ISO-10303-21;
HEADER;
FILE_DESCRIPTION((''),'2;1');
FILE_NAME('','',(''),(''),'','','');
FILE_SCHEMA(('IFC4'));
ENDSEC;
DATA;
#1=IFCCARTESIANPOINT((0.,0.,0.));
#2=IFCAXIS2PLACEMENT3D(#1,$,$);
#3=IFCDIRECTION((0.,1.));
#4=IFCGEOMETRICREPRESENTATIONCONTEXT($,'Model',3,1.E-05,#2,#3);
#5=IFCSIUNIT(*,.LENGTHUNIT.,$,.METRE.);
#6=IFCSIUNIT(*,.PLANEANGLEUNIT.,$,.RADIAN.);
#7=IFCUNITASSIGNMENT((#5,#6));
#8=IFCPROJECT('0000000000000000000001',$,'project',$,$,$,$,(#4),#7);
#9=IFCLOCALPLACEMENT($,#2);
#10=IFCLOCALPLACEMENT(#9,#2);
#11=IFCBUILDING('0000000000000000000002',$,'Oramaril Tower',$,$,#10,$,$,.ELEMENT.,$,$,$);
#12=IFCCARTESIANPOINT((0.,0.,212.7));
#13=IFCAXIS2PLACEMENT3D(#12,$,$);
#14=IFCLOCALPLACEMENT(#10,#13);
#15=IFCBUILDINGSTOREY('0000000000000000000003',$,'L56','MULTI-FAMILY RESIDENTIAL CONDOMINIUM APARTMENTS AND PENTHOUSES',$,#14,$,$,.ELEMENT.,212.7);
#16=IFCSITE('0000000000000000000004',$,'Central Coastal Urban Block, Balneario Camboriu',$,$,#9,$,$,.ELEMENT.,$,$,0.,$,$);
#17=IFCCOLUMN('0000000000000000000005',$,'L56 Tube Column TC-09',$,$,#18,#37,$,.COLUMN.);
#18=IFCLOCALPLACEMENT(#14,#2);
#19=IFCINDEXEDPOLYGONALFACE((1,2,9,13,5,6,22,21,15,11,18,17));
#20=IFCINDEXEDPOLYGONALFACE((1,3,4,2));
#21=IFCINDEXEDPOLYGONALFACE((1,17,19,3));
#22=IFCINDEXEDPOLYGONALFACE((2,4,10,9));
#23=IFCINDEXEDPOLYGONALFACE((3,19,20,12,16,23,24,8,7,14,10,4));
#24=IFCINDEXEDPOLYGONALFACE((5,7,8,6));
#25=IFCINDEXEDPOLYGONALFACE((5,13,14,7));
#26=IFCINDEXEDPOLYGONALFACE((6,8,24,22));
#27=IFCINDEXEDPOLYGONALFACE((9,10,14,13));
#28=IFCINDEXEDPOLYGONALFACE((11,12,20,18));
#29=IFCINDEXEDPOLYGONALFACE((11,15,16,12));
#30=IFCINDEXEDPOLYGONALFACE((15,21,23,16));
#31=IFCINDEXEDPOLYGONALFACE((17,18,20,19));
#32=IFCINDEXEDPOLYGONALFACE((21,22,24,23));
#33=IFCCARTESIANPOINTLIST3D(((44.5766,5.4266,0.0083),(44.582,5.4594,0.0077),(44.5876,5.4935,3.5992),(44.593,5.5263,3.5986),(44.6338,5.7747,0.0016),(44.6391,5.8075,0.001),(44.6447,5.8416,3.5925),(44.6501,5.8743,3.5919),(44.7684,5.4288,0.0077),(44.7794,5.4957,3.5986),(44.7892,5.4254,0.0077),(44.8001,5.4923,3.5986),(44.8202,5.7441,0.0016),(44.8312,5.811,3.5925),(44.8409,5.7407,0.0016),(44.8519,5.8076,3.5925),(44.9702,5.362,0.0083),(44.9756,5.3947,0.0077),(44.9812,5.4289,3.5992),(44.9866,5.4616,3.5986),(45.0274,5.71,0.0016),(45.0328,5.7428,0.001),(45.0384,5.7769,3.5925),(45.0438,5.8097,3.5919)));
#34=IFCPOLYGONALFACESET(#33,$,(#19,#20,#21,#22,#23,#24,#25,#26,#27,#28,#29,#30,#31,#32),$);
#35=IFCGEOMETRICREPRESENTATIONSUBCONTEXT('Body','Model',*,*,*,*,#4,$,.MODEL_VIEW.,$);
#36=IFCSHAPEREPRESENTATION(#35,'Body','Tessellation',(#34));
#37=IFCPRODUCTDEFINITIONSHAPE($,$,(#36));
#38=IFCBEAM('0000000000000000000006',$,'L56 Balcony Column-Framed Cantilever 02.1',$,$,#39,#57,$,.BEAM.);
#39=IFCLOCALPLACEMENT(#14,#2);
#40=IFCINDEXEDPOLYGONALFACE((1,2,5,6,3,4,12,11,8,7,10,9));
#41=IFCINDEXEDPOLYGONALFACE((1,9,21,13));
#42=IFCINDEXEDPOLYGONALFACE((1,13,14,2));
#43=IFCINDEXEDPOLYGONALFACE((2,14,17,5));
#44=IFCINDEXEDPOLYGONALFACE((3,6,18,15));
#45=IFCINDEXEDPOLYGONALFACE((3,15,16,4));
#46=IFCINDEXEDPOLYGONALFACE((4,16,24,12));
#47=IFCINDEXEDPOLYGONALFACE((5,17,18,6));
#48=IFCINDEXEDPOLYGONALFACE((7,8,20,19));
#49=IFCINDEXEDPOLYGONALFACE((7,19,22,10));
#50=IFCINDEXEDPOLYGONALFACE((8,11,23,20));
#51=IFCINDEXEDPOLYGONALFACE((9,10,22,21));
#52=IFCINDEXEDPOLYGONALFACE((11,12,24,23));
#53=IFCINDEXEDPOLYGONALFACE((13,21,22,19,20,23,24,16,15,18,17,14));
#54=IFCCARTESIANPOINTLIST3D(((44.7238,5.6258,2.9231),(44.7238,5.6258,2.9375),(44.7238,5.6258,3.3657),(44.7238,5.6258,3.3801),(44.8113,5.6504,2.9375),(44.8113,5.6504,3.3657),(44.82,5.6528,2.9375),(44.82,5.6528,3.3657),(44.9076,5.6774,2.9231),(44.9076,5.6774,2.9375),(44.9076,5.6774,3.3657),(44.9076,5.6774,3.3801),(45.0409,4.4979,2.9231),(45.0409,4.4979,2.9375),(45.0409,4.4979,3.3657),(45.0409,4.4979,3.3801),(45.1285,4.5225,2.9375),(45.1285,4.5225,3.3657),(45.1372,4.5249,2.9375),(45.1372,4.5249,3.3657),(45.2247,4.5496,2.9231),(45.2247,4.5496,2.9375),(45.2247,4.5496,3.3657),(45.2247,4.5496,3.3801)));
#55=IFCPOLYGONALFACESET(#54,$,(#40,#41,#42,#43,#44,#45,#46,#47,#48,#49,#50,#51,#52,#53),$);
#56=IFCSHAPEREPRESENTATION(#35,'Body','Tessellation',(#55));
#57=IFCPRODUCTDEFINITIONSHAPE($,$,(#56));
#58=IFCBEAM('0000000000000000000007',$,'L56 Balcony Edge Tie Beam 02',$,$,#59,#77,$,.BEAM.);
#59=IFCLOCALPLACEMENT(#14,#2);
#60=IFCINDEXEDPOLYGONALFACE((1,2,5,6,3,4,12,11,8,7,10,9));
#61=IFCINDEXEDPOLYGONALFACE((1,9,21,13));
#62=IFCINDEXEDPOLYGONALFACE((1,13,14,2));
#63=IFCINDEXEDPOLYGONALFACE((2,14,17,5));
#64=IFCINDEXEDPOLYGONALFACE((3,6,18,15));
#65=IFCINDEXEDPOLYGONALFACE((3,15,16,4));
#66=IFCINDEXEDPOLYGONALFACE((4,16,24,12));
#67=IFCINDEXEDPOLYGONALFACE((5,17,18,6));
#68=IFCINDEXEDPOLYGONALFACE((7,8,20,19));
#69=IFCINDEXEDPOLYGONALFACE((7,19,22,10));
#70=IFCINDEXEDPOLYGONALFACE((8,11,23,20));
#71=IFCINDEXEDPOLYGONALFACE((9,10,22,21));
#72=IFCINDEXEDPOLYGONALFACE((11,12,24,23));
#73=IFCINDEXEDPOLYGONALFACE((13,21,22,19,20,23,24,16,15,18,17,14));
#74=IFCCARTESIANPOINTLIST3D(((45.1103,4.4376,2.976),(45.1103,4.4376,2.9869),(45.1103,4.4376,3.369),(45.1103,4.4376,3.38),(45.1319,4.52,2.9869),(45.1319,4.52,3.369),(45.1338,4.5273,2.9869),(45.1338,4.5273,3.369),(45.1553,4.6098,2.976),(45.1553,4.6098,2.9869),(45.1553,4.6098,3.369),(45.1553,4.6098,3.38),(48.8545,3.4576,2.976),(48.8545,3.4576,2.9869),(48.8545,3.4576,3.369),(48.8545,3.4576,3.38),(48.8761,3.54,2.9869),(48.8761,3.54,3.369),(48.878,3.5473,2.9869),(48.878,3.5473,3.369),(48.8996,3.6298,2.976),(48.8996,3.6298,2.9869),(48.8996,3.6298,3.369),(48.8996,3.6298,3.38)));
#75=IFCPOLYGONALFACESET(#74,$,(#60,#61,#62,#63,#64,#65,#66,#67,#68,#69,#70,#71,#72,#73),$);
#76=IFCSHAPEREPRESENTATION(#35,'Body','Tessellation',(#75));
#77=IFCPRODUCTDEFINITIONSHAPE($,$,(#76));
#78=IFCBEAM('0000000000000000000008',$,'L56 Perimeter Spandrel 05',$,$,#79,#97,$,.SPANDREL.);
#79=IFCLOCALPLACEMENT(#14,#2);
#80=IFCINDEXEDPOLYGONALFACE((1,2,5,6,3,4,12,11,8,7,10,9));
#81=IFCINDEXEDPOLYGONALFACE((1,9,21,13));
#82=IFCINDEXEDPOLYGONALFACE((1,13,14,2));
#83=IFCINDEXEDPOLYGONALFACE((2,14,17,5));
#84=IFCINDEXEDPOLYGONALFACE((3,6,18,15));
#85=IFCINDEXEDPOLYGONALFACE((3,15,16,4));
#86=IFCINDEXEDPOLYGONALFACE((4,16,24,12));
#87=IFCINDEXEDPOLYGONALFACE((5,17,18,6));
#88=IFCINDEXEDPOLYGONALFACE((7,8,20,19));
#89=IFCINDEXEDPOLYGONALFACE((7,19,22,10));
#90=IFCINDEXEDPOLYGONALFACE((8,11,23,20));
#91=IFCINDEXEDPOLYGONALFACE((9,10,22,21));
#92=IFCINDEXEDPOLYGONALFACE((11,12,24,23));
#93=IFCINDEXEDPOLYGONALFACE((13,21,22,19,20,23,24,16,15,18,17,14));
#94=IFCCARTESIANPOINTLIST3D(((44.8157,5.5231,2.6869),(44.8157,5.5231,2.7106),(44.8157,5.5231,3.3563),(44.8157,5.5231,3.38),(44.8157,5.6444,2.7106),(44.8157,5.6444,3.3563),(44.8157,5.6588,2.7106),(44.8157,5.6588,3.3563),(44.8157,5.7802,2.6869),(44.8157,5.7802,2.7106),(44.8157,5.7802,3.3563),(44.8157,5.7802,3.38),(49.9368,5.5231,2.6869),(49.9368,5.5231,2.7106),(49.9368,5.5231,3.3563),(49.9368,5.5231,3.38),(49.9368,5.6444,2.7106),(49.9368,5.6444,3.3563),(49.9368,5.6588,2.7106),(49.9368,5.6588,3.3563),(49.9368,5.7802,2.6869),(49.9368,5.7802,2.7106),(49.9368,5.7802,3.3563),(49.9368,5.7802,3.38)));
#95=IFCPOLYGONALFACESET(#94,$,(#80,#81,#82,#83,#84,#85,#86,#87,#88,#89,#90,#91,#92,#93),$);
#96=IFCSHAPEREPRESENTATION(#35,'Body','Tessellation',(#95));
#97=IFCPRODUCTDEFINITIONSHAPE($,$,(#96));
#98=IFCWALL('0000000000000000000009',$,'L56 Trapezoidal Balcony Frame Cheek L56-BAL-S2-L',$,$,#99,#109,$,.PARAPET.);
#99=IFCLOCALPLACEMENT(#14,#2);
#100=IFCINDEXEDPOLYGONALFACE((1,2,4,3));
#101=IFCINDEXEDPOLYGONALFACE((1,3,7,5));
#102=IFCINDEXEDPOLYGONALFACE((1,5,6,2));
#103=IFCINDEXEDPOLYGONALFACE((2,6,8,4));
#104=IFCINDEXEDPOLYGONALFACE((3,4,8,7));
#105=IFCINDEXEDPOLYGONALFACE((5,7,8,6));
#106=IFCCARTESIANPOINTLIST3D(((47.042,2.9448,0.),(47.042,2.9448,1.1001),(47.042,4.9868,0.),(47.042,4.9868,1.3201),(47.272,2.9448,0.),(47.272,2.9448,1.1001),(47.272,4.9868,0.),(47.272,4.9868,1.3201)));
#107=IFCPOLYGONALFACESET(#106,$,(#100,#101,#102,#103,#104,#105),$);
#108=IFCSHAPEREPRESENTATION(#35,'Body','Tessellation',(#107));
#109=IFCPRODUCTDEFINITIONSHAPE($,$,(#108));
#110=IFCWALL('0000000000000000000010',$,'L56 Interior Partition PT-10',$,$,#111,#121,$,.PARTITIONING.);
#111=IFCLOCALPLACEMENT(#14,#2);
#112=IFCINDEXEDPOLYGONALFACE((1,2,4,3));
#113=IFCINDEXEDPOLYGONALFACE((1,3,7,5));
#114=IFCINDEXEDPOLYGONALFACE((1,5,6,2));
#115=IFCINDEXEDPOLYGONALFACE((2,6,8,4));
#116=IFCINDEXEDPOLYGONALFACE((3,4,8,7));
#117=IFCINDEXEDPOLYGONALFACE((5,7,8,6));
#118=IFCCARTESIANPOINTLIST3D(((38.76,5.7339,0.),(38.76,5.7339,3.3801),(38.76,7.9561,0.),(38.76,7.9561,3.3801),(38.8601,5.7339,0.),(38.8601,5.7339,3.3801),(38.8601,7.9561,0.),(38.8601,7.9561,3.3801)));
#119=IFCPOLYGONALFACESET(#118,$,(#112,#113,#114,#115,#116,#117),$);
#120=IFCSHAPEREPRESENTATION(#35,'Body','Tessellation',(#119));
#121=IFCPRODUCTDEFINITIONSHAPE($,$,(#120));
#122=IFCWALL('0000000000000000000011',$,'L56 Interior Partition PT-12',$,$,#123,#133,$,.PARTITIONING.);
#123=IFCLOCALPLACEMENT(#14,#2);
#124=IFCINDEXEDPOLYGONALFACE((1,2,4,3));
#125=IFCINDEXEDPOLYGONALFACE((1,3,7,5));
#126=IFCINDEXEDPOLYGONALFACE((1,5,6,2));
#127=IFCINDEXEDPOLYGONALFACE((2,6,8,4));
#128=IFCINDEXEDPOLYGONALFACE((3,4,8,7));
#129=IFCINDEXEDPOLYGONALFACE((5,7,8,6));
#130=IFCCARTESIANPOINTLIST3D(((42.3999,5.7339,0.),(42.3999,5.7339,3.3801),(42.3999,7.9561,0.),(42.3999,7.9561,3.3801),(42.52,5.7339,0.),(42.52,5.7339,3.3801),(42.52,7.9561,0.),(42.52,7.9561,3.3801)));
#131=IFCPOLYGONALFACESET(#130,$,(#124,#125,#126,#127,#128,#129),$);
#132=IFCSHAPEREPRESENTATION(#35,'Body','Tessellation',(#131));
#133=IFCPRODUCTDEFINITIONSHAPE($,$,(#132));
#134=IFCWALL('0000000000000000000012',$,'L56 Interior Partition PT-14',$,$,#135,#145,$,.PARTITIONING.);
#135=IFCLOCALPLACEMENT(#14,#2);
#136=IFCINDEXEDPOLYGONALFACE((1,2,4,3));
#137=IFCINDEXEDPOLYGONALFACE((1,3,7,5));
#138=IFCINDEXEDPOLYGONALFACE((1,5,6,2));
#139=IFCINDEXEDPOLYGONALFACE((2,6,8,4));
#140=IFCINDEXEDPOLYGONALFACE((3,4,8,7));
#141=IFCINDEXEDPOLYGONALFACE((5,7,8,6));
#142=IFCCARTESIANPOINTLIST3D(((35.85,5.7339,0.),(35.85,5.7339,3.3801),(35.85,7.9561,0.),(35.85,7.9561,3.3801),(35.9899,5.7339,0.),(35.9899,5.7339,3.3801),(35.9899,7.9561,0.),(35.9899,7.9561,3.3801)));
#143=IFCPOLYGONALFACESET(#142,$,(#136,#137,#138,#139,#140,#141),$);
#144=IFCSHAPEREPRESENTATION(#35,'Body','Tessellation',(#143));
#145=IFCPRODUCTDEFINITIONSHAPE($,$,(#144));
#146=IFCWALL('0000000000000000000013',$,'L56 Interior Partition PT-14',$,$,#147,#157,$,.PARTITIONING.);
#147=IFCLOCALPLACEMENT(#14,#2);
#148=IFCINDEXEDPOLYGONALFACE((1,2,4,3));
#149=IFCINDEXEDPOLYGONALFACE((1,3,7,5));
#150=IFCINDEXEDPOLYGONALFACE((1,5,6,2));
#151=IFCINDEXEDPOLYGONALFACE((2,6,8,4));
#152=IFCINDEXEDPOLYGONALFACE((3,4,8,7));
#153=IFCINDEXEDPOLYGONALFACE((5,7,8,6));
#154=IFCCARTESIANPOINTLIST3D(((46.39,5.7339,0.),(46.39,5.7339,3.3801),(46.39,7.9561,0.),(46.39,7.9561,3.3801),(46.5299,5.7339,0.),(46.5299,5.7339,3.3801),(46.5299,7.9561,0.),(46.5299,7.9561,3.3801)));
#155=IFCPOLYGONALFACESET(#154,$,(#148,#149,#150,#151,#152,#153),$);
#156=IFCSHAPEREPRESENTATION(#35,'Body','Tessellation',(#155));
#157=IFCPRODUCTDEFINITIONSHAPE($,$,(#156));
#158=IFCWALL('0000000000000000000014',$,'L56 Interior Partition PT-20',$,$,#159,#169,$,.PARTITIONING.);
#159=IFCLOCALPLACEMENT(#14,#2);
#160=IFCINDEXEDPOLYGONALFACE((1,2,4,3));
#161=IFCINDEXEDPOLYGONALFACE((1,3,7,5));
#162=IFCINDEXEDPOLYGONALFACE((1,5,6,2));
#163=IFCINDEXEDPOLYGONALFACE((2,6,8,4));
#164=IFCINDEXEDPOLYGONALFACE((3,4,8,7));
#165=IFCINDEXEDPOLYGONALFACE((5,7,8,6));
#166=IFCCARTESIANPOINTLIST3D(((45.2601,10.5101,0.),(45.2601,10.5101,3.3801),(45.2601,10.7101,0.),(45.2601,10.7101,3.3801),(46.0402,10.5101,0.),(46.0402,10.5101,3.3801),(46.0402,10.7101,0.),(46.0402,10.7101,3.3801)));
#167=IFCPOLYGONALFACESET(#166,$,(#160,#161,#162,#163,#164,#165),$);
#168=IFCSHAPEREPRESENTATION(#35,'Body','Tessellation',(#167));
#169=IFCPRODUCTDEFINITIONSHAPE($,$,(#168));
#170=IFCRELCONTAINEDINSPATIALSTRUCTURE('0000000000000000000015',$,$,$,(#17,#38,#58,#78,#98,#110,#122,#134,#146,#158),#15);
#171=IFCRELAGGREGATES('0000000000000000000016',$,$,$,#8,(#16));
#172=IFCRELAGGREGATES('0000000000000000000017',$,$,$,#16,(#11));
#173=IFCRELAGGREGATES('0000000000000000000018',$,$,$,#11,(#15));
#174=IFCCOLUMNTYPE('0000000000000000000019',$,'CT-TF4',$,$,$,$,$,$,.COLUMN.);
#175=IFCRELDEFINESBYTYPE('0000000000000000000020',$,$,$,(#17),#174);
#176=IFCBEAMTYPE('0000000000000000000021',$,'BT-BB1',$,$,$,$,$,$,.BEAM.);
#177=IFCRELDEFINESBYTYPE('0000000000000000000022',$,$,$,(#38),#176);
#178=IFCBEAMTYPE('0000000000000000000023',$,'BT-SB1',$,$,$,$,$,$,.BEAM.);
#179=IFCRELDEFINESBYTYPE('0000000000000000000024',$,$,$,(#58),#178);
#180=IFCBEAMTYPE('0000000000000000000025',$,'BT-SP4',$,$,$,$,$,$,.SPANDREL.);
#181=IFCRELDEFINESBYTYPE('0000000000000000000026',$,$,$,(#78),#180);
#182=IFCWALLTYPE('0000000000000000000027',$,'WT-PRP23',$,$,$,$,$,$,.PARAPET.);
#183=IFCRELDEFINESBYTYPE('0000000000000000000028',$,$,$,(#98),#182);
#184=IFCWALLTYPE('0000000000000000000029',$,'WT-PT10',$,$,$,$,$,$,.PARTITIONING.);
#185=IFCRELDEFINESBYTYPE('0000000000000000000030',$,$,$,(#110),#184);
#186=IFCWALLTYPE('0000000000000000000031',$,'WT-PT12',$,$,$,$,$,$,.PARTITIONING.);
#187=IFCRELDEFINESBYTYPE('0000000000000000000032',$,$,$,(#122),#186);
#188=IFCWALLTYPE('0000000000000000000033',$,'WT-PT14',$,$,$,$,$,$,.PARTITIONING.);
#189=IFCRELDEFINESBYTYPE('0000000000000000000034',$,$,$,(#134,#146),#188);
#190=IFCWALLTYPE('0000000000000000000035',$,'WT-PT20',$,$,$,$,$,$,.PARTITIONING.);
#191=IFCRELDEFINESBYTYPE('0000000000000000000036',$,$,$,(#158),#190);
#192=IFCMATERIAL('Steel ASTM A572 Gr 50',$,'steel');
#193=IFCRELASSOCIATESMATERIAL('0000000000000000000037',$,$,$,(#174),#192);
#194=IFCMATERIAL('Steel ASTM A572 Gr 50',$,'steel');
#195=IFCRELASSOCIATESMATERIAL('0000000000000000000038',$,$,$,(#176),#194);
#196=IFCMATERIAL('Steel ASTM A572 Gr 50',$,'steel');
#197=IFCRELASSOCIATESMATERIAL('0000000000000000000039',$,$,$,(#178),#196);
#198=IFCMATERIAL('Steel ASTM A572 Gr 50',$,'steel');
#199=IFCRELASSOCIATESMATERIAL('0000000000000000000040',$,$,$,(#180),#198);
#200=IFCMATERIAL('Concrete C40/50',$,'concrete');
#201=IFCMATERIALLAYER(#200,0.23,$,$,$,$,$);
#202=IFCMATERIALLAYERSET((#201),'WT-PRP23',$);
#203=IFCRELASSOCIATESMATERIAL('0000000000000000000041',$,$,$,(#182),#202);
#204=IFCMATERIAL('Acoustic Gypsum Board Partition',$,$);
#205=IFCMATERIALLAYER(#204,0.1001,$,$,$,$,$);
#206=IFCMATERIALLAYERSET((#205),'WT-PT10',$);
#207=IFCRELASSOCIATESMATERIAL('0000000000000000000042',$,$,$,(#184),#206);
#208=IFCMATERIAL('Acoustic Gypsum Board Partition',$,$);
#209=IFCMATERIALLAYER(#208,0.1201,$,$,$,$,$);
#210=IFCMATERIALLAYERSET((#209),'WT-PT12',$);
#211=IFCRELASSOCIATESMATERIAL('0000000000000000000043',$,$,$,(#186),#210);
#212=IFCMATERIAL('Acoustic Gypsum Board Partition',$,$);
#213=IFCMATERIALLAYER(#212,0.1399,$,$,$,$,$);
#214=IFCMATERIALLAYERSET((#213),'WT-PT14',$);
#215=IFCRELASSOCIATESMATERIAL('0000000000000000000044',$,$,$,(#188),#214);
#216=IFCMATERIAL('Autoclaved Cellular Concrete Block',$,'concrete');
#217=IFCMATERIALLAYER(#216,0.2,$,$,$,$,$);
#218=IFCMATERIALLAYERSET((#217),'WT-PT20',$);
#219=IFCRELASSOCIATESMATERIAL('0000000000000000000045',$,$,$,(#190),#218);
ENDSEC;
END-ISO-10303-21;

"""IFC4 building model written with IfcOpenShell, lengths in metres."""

from ifc_helpers import new_model, si_unit, direction, frame, frame_2d, origin, origin_2d, place, context, subcontext, project, spatial, polyline, rectangle, i_section, outline, extrude, material, layer, layer_set, material_profile, profile_set, type_object, element, save


model = new_model("IFC4")

# Units and contexts
model_context = context("Model", 3, precision=1e-05, world=origin(), true_north=direction((0.0, 1.0)))
body_context = subcontext(model_context, "Body", "Model", "MODEL_VIEW")
ifc_project = project(units=[si_unit("LENGTHUNIT", "METRE"), si_unit("PLANEANGLEUNIT", "RADIAN")], contexts=[model_context])

# Site, building, storey
site_placement = place(None, origin())
site = spatial("IfcSite", under=ifc_project, at=site_placement, Name="Central Coastal Urban Block, Balneario Camboriu", CompositionType="ELEMENT", RefElevation=0.0)
building_placement = place(site_placement, origin())
building = spatial("IfcBuilding", under=site, at=building_placement, Name="Oramaril Tower", CompositionType="ELEMENT")
storey_placement = place(building_placement, frame((0.0, 0.0, 212.7)))
storey = spatial("IfcBuildingStorey", under=building, at=storey_placement, Name="L56", Description="MULTI-FAMILY RESIDENTIAL CONDOMINIUM APARTMENTS AND PENTHOUSES", CompositionType="ELEMENT", Elevation=212.7)

# Column
ifc_material_1 = material(Name="Steel ASTM A572 Gr 50", Category="steel")
ifc_material_profile_1 = material_profile(ifc_material_1, i_section(OverallWidth=0.3989, OverallDepth=0.386, WebThickness=0.021, FlangeThickness=0.0332, at=origin_2d()), Name="W14X176")
ifc_profile_set_1 = profile_set([ifc_material_profile_1], Name="Steel ASTM A572 Gr 50")
column_type = type_object("IfcColumnType", Name="CT-TF4", PredefinedType="COLUMN", material=ifc_profile_set_1)
column_placement = place(storey_placement, frame((44.8047, 5.5847, 0.0046), z_axis=(0.003059, 0.018626, 0.999822), x_axis=(-0.98678, 0.162062, 0.0)))
element("IfcColumn", 1, at=column_placement, inside=storey, type_object=column_type, Name="L56 Tube Column TC-09", PredefinedType="COLUMN", context=body_context, shape_type="SweptSolid", body=[
    extrude(i_section(OverallWidth=0.3989, OverallDepth=0.386, WebThickness=0.021, FlangeThickness=0.0332, at=origin_2d()), origin(), (0.0, 0.0, 1.0), 3.5916),
])

# Beams
ifc_material_2 = material(Name="Steel ASTM A572 Gr 50", Category="steel")
ifc_material_profile_2 = material_profile(ifc_material_2, i_section(OverallWidth=0.1909, OverallDepth=0.457, WebThickness=0.009, FlangeThickness=0.0144, at=origin_2d()), Name="W18X50")
ifc_profile_set_2 = profile_set([ifc_material_profile_2], Name="Steel ASTM A572 Gr 50")
beam_type_1 = type_object("IfcBeamType", Name="BT-BB1", PredefinedType="BEAM", material=ifc_profile_set_2)
beam_1_placement = place(storey_placement, frame((44.8157, 5.6516, 3.1516), z_axis=(0.270673, -0.962671, 0.0), x_axis=(0.962671, 0.270673, 0.0)))
element("IfcBeam", 2, at=beam_1_placement, inside=storey, type_object=beam_type_1, Name="L56 Balcony Column-Framed Cantilever 02.1", PredefinedType="BEAM", context=body_context, shape_type="SweptSolid", body=[
    extrude(i_section(OverallWidth=0.1909, OverallDepth=0.457, WebThickness=0.009, FlangeThickness=0.0144, at=origin_2d()), origin(), (0.0, 0.0, 1.0), 1.1716),
])
ifc_material_3 = material(Name="Steel ASTM A572 Gr 50", Category="steel")
ifc_material_profile_3 = material_profile(ifc_material_3, i_section(OverallWidth=0.178, OverallDepth=0.4041, WebThickness=0.0076, FlangeThickness=0.011, at=origin_2d()), Name="W16X36")
ifc_profile_set_3 = profile_set([ifc_material_profile_3], Name="Steel ASTM A572 Gr 50")
beam_type_2 = type_object("IfcBeamType", Name="BT-SB1", PredefinedType="BEAM", material=ifc_profile_set_3)
beam_2_placement = place(storey_placement, frame((45.1328, 4.5237, 3.178), z_axis=(0.967412, -0.253208, 0.0), x_axis=(0.253208, 0.967412, 0.0)))
element("IfcBeam", 3, at=beam_2_placement, inside=storey, type_object=beam_type_2, Name="L56 Balcony Edge Tie Beam 02", PredefinedType="BEAM", context=body_context, shape_type="SweptSolid", body=[
    extrude(i_section(OverallWidth=0.178, OverallDepth=0.4041, WebThickness=0.0076, FlangeThickness=0.011, at=origin_2d()), origin(), (0.0, 0.0, 1.0), 3.8704),
])
ifc_material_4 = material(Name="Steel ASTM A572 Gr 50", Category="steel")
ifc_material_profile_4 = material_profile(ifc_material_4, i_section(OverallWidth=0.2571, OverallDepth=0.6931, WebThickness=0.0144, FlangeThickness=0.0237, at=origin_2d()), Name="W27X114")
ifc_profile_set_4 = profile_set([ifc_material_profile_4], Name="Steel ASTM A572 Gr 50")
beam_type_3 = type_object("IfcBeamType", Name="BT-SP4", PredefinedType="SPANDREL", material=ifc_profile_set_4)
beam_3_placement = place(storey_placement, frame((44.8157, 5.6516, 3.0334), z_axis=(1.0, 0.0, 0.0), x_axis=(0.0, 1.0, 0.0)))
element("IfcBeam", 4, at=beam_3_placement, inside=storey, type_object=beam_type_3, Name="L56 Perimeter Spandrel 05", PredefinedType="SPANDREL", context=body_context, shape_type="SweptSolid", body=[
    extrude(i_section(OverallWidth=0.2571, OverallDepth=0.6931, WebThickness=0.0144, FlangeThickness=0.0237, at=origin_2d()), origin(), (0.0, 0.0, 1.0), 5.1211),
])

# Walls
ifc_material_5 = material(Name="Concrete C40/50", Category="concrete")
ifc_layer_1 = layer(ifc_material_5, 0.23)
ifc_layer_set_1 = layer_set([ifc_layer_1], Name="WT-PRP23")
wall_type_1 = type_object("IfcWallType", Name="WT-PRP23", PredefinedType="PARAPET", material=ifc_layer_set_1)
wall_1_placement = place(storey_placement, frame((47.157, 4.9868, 0.0), z_axis=(0.0, 0.0, 1.0), x_axis=(0.0, -1.0, 0.0)))
element("IfcWall", 5, at=wall_1_placement, inside=storey, type_object=wall_type_1, Name="L56 Trapezoidal Balcony Frame Cheek L56-BAL-S2-L", PredefinedType="PARAPET", context=body_context, shape_type="SweptSolid", body=[
    extrude(outline(polyline([(0.0, 0.0), (2.042, 0.0), (2.042, 1.1001), (0.0, 1.3201), (0.0, 0.0)])), frame((0.0, 0.115, 0.0), z_axis=(0.0, -1.0, 0.0), x_axis=(1.0, 0.0, 0.0)), (0.0, 0.0, 1.0), 0.23),
])
ifc_material_6 = material(Name="Acoustic Gypsum Board Partition")
ifc_layer_2 = layer(ifc_material_6, 0.1001)
ifc_layer_set_2 = layer_set([ifc_layer_2], Name="WT-PT10")
wall_type_2 = type_object("IfcWallType", Name="WT-PT10", PredefinedType="PARTITIONING", material=ifc_layer_set_2)
wall_2_placement = place(storey_placement, frame((38.8101, 5.7339, 0.0), z_axis=(0.0, 0.0, 1.0), x_axis=(0.0, 1.0, 0.0)))
element("IfcWall", 6, at=wall_2_placement, inside=storey, type_object=wall_type_2, Name="L56 Interior Partition PT-10", PredefinedType="PARTITIONING", context=body_context, shape_type="SweptSolid", body=[
    extrude(rectangle(XDim=2.2222, YDim=0.1001, at=frame_2d((1.1111, 0.0))), origin(), (0.0, 0.0, 1.0), 3.3801),
])
ifc_material_7 = material(Name="Acoustic Gypsum Board Partition")
ifc_layer_3 = layer(ifc_material_7, 0.1201)
ifc_layer_set_3 = layer_set([ifc_layer_3], Name="WT-PT12")
wall_type_3 = type_object("IfcWallType", Name="WT-PT12", PredefinedType="PARTITIONING", material=ifc_layer_set_3)
wall_3_placement = place(storey_placement, frame((42.46, 5.7339, 0.0), z_axis=(0.0, 0.0, 1.0), x_axis=(0.0, 1.0, 0.0)))
element("IfcWall", 7, at=wall_3_placement, inside=storey, type_object=wall_type_3, Name="L56 Interior Partition PT-12", PredefinedType="PARTITIONING", context=body_context, shape_type="SweptSolid", body=[
    extrude(rectangle(XDim=2.2222, YDim=0.1201, at=frame_2d((1.1111, 0.0))), origin(), (0.0, 0.0, 1.0), 3.3801),
])
ifc_material_8 = material(Name="Acoustic Gypsum Board Partition")
ifc_layer_4 = layer(ifc_material_8, 0.1399)
ifc_layer_set_4 = layer_set([ifc_layer_4], Name="WT-PT14")
wall_type_4 = type_object("IfcWallType", Name="WT-PT14", PredefinedType="PARTITIONING", material=ifc_layer_set_4)
for number, where, z_axis, x_axis, name in (
    (8, (35.9199, 5.7339, 0.0), (0.0, 0.0, 1.0), (0.0, 1.0, 0.0), "L56 Interior Partition PT-14"),
    (9, (46.46, 5.7339, 0.0), (0.0, 0.0, 1.0), (0.0, 1.0, 0.0), "L56 Interior Partition PT-14"),
):
    element("IfcWall", number, at=place(storey_placement, frame(where, z_axis=z_axis, x_axis=x_axis)), inside=storey, type_object=wall_type_4, Name=name, PredefinedType="PARTITIONING", context=body_context, shape_type="SweptSolid", body=[
        extrude(rectangle(XDim=2.2222, YDim=0.1399, at=frame_2d((1.1111, 0.0))), origin(), (0.0, 0.0, 1.0), 3.3801),
    ])
ifc_material_9 = material(Name="Autoclaved Cellular Concrete Block", Category="concrete")
ifc_layer_5 = layer(ifc_material_9, 0.2)
ifc_layer_set_5 = layer_set([ifc_layer_5], Name="WT-PT20")
wall_type_5 = type_object("IfcWallType", Name="WT-PT20", PredefinedType="PARTITIONING", material=ifc_layer_set_5)
wall_4_placement = place(storey_placement, frame((45.26, 10.6101, 0.0), z_axis=(0.0, 0.0, 1.0), x_axis=(1.0, 0.0, 0.0)))
element("IfcWall", 10, at=wall_4_placement, inside=storey, type_object=wall_type_5, Name="L56 Interior Partition PT-20", PredefinedType="PARTITIONING", context=body_context, shape_type="SweptSolid", body=[
    extrude(rectangle(XDim=0.78, YDim=0.2, at=frame_2d((0.3901, 0.0))), origin(), (0.0, 0.0, 1.0), 3.3801),
])

save(model, "model.ifc")
